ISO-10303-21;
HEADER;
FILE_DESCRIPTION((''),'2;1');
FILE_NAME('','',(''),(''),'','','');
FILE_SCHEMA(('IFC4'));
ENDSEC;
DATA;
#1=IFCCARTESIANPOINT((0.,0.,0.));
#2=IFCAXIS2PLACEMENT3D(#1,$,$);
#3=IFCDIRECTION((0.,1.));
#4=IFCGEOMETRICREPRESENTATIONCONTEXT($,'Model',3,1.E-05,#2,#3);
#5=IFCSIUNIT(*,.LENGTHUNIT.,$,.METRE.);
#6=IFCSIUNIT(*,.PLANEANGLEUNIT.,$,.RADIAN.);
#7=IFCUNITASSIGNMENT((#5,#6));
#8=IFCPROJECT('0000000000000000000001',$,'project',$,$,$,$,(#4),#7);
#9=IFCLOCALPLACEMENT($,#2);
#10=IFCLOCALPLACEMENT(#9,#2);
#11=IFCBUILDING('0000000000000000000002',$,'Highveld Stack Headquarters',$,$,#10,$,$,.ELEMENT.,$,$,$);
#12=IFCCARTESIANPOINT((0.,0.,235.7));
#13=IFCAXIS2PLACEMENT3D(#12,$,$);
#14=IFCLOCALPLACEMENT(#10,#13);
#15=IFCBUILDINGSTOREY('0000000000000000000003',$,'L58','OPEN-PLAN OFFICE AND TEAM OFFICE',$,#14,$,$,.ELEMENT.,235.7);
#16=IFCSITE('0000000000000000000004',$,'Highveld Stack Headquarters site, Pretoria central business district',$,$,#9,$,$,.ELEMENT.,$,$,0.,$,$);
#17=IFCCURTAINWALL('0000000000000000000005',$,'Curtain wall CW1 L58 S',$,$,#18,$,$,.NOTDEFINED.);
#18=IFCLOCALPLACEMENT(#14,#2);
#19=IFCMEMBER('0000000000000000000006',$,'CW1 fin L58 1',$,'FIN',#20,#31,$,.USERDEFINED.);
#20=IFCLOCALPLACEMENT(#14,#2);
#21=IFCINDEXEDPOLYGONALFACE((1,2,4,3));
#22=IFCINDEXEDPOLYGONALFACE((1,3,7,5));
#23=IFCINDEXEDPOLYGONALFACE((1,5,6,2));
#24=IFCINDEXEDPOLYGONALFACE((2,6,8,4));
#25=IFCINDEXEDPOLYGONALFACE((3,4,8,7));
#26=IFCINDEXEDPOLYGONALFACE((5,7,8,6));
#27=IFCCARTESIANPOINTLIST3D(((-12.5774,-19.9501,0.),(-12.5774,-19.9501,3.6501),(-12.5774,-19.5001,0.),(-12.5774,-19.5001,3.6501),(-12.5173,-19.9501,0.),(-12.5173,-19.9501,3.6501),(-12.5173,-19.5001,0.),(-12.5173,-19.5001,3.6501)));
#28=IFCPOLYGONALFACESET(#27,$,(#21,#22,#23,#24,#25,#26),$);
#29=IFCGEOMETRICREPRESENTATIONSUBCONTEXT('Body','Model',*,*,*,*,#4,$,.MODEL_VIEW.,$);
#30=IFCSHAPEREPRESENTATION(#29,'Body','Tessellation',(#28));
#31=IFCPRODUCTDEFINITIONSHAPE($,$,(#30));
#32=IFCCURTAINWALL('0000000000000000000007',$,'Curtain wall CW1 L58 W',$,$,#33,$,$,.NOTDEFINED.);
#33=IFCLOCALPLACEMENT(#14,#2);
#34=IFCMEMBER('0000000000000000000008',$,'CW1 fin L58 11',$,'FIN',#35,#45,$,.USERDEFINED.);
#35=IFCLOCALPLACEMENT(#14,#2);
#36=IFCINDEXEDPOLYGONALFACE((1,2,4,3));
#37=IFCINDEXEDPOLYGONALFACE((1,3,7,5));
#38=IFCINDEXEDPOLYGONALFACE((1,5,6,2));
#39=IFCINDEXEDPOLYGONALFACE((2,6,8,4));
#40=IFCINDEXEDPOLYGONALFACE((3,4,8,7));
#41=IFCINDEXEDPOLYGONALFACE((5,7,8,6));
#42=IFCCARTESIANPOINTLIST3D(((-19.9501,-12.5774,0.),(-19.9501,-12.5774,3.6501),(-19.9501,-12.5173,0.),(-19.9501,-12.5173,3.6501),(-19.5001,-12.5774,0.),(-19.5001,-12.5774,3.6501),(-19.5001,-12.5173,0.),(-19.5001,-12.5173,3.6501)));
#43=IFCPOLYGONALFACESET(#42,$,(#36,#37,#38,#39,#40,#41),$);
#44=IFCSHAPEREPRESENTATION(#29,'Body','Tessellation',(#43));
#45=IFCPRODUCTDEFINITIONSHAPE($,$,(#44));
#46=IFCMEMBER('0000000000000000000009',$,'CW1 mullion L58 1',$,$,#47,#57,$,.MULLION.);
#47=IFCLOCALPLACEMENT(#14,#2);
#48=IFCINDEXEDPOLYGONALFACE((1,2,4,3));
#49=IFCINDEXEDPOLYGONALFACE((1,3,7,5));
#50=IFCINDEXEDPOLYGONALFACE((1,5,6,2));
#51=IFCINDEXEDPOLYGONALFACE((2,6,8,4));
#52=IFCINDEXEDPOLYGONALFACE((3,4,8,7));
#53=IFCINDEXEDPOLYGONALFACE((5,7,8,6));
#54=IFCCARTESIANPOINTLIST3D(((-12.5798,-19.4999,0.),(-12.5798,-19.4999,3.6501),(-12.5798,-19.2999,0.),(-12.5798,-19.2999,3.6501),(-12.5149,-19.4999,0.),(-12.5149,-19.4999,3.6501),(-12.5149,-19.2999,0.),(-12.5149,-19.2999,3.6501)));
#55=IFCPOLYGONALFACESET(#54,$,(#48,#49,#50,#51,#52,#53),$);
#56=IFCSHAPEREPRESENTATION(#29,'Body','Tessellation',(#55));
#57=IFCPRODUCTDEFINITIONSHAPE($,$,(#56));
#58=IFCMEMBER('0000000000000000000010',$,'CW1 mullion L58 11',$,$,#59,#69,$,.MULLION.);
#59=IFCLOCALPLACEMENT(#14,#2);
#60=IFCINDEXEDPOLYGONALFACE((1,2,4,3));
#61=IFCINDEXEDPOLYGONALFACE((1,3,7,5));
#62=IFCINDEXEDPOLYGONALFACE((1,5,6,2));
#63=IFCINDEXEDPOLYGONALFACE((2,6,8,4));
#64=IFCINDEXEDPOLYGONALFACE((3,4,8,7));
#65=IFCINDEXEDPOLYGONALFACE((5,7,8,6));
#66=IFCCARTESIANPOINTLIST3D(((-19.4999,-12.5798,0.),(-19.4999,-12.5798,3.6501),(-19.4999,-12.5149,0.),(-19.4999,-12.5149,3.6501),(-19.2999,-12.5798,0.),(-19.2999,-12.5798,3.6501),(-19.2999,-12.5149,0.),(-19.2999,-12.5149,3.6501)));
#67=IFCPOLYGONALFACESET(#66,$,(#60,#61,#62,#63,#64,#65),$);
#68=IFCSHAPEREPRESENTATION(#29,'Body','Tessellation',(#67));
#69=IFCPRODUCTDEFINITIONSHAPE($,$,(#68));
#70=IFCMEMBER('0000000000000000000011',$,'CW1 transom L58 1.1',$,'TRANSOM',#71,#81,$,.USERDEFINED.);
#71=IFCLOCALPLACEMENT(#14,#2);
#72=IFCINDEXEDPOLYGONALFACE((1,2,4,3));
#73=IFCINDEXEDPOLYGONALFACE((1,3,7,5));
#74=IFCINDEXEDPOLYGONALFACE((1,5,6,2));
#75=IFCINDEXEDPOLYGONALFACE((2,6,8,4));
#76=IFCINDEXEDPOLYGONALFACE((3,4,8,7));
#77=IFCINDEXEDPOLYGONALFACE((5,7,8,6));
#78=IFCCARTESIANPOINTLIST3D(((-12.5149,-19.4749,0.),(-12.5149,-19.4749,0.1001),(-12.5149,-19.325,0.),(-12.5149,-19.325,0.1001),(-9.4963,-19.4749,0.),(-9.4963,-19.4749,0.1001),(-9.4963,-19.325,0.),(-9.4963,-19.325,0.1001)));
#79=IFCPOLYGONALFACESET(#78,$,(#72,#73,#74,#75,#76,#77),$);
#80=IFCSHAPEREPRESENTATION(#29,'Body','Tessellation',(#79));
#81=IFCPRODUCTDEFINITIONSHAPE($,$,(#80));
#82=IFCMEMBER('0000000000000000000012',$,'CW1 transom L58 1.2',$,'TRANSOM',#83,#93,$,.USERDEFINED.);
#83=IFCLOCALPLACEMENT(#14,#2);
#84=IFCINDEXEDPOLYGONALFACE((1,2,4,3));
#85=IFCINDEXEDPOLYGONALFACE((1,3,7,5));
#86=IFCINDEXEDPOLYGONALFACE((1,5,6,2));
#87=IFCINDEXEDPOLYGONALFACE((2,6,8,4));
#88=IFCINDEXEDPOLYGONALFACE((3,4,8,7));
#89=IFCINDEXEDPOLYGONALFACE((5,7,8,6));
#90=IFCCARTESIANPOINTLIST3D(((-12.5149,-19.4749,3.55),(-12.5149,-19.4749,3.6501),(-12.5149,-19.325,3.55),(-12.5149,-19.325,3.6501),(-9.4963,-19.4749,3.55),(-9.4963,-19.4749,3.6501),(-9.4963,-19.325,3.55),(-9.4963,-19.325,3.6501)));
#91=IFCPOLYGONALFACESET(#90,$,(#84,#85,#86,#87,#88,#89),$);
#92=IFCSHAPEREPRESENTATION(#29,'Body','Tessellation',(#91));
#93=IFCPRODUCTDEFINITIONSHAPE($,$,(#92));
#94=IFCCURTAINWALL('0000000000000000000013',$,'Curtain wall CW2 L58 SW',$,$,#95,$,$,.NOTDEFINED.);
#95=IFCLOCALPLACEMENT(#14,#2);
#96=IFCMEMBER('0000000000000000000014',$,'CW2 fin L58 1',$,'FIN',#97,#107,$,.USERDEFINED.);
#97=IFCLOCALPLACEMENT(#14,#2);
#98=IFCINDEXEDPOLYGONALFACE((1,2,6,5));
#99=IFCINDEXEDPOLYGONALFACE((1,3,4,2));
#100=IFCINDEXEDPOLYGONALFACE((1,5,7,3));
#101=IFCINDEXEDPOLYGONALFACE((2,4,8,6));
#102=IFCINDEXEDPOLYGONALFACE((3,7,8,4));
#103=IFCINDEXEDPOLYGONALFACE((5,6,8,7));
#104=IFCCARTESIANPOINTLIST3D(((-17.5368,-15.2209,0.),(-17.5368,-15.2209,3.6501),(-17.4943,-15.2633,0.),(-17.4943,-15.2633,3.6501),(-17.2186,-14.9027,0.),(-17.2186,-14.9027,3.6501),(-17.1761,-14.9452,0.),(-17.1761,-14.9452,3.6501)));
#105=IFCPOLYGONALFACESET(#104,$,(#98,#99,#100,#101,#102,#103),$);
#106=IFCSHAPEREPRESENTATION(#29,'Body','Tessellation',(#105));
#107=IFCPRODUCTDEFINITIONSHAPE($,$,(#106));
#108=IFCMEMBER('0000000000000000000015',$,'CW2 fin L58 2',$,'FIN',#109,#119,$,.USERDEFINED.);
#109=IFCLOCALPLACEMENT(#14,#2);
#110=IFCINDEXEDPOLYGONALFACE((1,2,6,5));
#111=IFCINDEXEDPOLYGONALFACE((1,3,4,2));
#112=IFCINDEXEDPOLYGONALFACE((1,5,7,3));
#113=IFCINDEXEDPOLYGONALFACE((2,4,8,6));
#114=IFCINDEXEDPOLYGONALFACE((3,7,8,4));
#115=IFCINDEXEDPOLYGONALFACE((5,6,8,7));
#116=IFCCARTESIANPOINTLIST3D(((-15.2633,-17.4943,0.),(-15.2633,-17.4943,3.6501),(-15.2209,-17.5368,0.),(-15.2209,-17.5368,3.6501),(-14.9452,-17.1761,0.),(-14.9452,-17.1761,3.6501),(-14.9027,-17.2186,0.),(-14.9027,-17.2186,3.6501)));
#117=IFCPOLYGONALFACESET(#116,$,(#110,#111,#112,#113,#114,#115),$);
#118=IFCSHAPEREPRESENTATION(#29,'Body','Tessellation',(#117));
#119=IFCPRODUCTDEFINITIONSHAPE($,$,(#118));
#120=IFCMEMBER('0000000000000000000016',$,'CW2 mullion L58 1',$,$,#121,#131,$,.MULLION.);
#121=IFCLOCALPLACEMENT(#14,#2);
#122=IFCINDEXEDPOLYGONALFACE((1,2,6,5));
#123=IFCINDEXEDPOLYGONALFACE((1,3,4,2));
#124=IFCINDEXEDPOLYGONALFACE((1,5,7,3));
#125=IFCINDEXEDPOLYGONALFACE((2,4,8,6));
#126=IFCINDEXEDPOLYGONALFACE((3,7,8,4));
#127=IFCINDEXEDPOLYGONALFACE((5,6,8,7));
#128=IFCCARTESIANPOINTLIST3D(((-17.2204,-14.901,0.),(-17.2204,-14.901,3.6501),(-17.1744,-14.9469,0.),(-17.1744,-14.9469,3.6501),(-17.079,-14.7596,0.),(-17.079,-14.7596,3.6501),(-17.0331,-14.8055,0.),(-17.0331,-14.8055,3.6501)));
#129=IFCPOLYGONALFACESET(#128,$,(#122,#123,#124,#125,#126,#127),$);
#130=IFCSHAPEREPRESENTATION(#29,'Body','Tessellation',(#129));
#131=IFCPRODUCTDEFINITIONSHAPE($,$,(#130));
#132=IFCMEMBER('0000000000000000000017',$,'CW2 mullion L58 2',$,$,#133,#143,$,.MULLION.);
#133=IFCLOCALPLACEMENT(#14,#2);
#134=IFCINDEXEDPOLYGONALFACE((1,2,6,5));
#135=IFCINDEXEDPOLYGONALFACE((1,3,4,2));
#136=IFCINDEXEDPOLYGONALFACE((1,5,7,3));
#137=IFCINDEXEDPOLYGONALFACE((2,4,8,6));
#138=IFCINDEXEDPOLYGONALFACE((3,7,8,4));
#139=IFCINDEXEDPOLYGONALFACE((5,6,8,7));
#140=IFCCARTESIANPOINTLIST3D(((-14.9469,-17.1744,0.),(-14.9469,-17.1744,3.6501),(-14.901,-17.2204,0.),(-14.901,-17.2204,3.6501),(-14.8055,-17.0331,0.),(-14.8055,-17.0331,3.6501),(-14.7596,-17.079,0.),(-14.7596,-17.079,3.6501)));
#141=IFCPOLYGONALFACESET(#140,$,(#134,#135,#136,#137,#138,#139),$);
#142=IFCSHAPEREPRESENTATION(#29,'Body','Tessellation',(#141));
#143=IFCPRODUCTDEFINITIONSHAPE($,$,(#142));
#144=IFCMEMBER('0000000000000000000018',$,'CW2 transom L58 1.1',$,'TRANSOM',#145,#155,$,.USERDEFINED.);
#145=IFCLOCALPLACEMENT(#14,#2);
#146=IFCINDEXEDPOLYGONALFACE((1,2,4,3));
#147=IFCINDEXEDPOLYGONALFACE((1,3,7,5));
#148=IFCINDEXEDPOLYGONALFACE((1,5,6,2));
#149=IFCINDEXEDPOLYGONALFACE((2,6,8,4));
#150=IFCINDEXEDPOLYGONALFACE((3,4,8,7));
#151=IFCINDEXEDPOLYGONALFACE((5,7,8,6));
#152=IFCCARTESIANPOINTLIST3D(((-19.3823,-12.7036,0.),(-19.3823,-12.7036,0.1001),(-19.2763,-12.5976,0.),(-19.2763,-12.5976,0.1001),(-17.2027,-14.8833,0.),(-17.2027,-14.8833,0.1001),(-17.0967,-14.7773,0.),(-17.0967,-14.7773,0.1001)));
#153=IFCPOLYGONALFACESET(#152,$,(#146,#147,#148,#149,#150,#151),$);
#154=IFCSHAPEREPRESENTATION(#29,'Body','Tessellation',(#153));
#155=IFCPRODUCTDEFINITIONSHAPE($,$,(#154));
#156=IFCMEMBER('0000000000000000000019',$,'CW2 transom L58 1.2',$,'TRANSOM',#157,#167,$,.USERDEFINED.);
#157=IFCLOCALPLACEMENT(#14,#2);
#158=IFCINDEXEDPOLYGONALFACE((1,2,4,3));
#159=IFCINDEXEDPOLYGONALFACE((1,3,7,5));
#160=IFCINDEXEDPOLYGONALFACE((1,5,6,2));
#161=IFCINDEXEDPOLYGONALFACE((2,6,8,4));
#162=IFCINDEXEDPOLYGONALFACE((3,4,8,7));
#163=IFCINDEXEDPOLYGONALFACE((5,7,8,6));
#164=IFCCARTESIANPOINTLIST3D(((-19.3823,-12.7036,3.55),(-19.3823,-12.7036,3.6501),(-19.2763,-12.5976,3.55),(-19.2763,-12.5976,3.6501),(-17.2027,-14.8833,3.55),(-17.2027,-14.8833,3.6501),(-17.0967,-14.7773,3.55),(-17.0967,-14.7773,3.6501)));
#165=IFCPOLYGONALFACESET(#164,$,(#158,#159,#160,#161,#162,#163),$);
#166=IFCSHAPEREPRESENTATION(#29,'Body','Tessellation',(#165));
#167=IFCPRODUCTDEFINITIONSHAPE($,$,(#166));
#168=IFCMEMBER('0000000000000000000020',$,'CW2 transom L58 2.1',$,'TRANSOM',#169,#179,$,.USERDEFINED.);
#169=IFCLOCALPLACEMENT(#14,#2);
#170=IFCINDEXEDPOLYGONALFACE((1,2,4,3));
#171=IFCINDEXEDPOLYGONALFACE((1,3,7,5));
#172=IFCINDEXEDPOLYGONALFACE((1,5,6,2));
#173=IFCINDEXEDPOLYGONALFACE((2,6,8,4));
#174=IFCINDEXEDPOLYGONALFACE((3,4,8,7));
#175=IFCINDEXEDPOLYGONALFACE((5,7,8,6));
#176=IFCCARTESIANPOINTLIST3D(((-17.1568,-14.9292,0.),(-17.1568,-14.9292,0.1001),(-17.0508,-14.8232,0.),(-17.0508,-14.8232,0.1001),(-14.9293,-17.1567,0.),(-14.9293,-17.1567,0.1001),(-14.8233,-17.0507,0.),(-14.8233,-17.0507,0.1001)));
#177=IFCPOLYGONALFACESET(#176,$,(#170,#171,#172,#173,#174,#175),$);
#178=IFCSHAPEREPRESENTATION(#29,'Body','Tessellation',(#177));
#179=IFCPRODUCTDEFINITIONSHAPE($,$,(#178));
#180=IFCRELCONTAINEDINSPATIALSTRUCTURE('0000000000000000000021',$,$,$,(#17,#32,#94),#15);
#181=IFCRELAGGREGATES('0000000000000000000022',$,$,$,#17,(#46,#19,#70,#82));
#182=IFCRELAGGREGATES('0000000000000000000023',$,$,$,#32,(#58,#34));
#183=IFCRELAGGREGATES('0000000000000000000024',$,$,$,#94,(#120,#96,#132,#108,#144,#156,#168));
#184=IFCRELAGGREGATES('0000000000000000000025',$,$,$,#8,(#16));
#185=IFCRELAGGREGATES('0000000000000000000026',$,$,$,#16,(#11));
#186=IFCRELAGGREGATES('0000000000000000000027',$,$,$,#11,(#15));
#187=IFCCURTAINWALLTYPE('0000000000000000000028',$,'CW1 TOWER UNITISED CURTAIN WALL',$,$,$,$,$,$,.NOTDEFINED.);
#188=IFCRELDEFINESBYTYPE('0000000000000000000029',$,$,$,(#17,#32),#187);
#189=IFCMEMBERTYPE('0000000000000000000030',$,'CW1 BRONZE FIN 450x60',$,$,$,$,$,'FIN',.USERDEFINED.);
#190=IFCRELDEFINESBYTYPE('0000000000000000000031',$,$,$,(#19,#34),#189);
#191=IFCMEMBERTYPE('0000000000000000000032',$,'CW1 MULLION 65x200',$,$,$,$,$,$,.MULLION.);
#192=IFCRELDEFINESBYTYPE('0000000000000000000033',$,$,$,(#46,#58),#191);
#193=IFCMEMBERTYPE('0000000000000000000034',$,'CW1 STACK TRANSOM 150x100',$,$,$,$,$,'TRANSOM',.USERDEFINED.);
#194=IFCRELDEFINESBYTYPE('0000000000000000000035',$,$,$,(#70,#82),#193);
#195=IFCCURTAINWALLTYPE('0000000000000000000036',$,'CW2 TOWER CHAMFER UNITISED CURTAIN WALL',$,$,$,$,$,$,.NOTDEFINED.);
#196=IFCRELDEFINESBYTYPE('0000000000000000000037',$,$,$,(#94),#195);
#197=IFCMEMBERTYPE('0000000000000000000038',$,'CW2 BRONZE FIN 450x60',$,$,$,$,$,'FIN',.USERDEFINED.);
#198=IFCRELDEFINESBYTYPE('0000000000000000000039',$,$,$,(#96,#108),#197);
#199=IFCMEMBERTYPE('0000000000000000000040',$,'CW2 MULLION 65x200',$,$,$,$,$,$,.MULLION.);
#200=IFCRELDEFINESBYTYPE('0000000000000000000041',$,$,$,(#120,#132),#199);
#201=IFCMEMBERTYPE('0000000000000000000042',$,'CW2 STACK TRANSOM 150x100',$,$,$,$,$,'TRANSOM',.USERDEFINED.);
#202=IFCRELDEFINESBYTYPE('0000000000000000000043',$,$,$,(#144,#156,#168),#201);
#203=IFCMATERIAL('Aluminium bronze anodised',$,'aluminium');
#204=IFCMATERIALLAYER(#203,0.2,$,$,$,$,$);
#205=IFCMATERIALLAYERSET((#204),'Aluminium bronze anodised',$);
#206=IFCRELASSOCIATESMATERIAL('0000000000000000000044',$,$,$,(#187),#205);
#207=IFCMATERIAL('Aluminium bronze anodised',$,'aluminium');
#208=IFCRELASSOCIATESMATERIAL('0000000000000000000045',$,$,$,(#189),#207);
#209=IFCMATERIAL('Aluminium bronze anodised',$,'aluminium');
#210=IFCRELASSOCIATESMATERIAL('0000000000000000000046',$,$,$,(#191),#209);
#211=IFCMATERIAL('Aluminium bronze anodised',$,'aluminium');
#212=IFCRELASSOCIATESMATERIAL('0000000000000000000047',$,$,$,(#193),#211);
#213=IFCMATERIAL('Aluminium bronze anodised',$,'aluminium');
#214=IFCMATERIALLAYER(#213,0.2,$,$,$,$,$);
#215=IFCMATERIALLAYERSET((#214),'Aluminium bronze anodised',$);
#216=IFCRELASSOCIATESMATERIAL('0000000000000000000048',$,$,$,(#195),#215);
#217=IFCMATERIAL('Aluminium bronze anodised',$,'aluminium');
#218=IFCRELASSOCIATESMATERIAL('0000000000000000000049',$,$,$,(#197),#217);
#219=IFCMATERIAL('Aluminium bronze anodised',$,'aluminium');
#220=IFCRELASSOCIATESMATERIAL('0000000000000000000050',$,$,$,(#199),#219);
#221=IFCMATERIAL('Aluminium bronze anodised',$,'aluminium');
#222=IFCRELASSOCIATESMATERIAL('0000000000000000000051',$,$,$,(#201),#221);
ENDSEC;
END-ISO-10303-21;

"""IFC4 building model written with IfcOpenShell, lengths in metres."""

from ifc_helpers import new_model, si_unit, direction, frame, origin, origin_2d, place, context, subcontext, project, spatial, rectangle, extrude, material, layer, layer_set, material_profile, profile_set, type_object, element, aggregate, save


model = new_model("IFC4")

# Units and contexts
model_context = context("Model", 3, precision=1e-05, world=origin(), true_north=direction((0.0, 1.0)))
body_context = subcontext(model_context, "Body", "Model", "MODEL_VIEW")
ifc_project = project(units=[si_unit("LENGTHUNIT", "METRE"), si_unit("PLANEANGLEUNIT", "RADIAN")], contexts=[model_context])

# Site, building, storey
site_placement = place(None, origin())
site = spatial("IfcSite", under=ifc_project, at=site_placement, Name="Highveld Stack Headquarters site, Pretoria central business district", CompositionType="ELEMENT", RefElevation=0.0)
building_placement = place(site_placement, origin())
building = spatial("IfcBuilding", under=site, at=building_placement, Name="Highveld Stack Headquarters", CompositionType="ELEMENT")
storey_placement = place(building_placement, frame((0.0, 0.0, 235.7)))
storey = spatial("IfcBuildingStorey", under=building, at=storey_placement, Name="L58", Description="OPEN-PLAN OFFICE AND TEAM OFFICE", CompositionType="ELEMENT", Elevation=235.7)

# Curtain walls, members
ifc_material_1 = material(Name="Aluminium bronze anodised", Category="aluminium")
ifc_layer_1 = layer(ifc_material_1, 0.2)
ifc_layer_set_1 = layer_set([ifc_layer_1], Name="Aluminium bronze anodised")
curtain_wall_type_1 = type_object("IfcCurtainWallType", Name="CW1 TOWER UNITISED CURTAIN WALL", PredefinedType="NOTDEFINED", material=ifc_layer_set_1)
curtain_wall_1_placement = place(storey_placement, origin())
curtain_wall_1 = element("IfcCurtainWall", 1, at=curtain_wall_1_placement, inside=storey, type_object=curtain_wall_type_1, Name="Curtain wall CW1 L58 S", PredefinedType="NOTDEFINED")
ifc_material_2 = material(Name="Aluminium bronze anodised", Category="aluminium")
ifc_material_profile_1 = material_profile(ifc_material_2, rectangle(XDim=0.45, YDim=0.0601, at=origin_2d()), Name="FIN 450x60")
ifc_profile_set_1 = profile_set([ifc_material_profile_1], Name="Aluminium bronze anodised")
member_type_1 = type_object("IfcMemberType", Name="CW1 BRONZE FIN 450x60", ElementType="FIN", PredefinedType="USERDEFINED", material=ifc_profile_set_1)
member_1_placement = place(storey_placement, frame((-12.5474, -19.7251, 0.0), z_axis=(0.0, 0.0, 1.0), x_axis=(0.0, 1.0, 0.0)))
member_1 = element("IfcMember", 2, at=member_1_placement, type_object=member_type_1, Name="CW1 fin L58 1", ObjectType="FIN", PredefinedType="USERDEFINED", context=body_context, shape_type="SweptSolid", body=[
    extrude(rectangle(XDim=0.45, YDim=0.0601, at=origin_2d()), origin(), (0.0, 0.0, 1.0), 3.6501),
])
curtain_wall_2_placement = place(storey_placement, origin())
curtain_wall_2 = element("IfcCurtainWall", 3, at=curtain_wall_2_placement, inside=storey, type_object=curtain_wall_type_1, Name="Curtain wall CW1 L58 W", PredefinedType="NOTDEFINED")
member_2_placement = place(storey_placement, frame((-19.7251, -12.5474, 0.0), z_axis=(0.0, 0.0, 1.0), x_axis=(1.0, 0.0, 0.0)))
member_2 = element("IfcMember", 4, at=member_2_placement, type_object=member_type_1, Name="CW1 fin L58 11", ObjectType="FIN", PredefinedType="USERDEFINED", context=body_context, shape_type="SweptSolid", body=[
    extrude(rectangle(XDim=0.45, YDim=0.0601, at=origin_2d()), origin(), (0.0, 0.0, 1.0), 3.6501),
])

# Members
ifc_material_3 = material(Name="Aluminium bronze anodised", Category="aluminium")
ifc_material_profile_2 = material_profile(ifc_material_3, rectangle(XDim=0.2, YDim=0.0649, at=origin_2d()), Name="CW1 MULLION 65x200")
ifc_profile_set_2 = profile_set([ifc_material_profile_2], Name="Aluminium bronze anodised")
member_type_2 = type_object("IfcMemberType", Name="CW1 MULLION 65x200", PredefinedType="MULLION", material=ifc_profile_set_2)
member_3_placement = place(storey_placement, frame((-12.5474, -19.3999, 0.0), z_axis=(0.0, 0.0, 1.0), x_axis=(0.0, 1.0, 0.0)))
member_3 = element("IfcMember", 5, at=member_3_placement, type_object=member_type_2, Name="CW1 mullion L58 1", PredefinedType="MULLION", context=body_context, shape_type="SweptSolid", body=[
    extrude(rectangle(XDim=0.2, YDim=0.0649, at=origin_2d()), origin(), (0.0, 0.0, 1.0), 3.6501),
])
member_4_placement = place(storey_placement, frame((-19.3999, -12.5474, 0.0), z_axis=(0.0, 0.0, 1.0), x_axis=(1.0, 0.0, 0.0)))
member_4 = element("IfcMember", 6, at=member_4_placement, type_object=member_type_2, Name="CW1 mullion L58 11", PredefinedType="MULLION", context=body_context, shape_type="SweptSolid", body=[
    extrude(rectangle(XDim=0.2, YDim=0.0649, at=origin_2d()), origin(), (0.0, 0.0, 1.0), 3.6501),
])
ifc_material_4 = material(Name="Aluminium bronze anodised", Category="aluminium")
ifc_material_profile_3 = material_profile(ifc_material_4, rectangle(XDim=0.1499, YDim=0.1001, at=origin_2d()), Name="CW1 TRANSOM 150x100")
ifc_profile_set_3 = profile_set([ifc_material_profile_3], Name="Aluminium bronze anodised")
member_type_3 = type_object("IfcMemberType", Name="CW1 STACK TRANSOM 150x100", ElementType="TRANSOM", PredefinedType="USERDEFINED", material=ifc_profile_set_3)
member_5_placement = place(storey_placement, frame((-12.5149, -19.3999, 0.05), z_axis=(1.0, 0.0, 0.0), x_axis=(0.0, 1.0, 0.0)))
member_5 = element("IfcMember", 7, at=member_5_placement, type_object=member_type_3, Name="CW1 transom L58 1.1", ObjectType="TRANSOM", PredefinedType="USERDEFINED", context=body_context, shape_type="SweptSolid", body=[
    extrude(rectangle(XDim=0.1499, YDim=0.1001, at=origin_2d()), origin(), (0.0, 0.0, 1.0), 3.0186),
])
member_6_placement = place(storey_placement, frame((-12.5149, -19.3999, 3.6001), z_axis=(1.0, 0.0, 0.0), x_axis=(0.0, 1.0, 0.0)))
member_6 = element("IfcMember", 8, at=member_6_placement, type_object=member_type_3, Name="CW1 transom L58 1.2", ObjectType="TRANSOM", PredefinedType="USERDEFINED", context=body_context, shape_type="SweptSolid", body=[
    extrude(rectangle(XDim=0.1499, YDim=0.1001, at=origin_2d()), origin(), (0.0, 0.0, 1.0), 3.0186),
])
aggregate(curtain_wall_1, [member_3, member_1, member_5, member_6])

# Curtain wall, members
ifc_material_5 = material(Name="Aluminium bronze anodised", Category="aluminium")
ifc_layer_2 = layer(ifc_material_5, 0.2)
ifc_layer_set_2 = layer_set([ifc_layer_2], Name="Aluminium bronze anodised")
curtain_wall_type_2 = type_object("IfcCurtainWallType", Name="CW2 TOWER CHAMFER UNITISED CURTAIN WALL", PredefinedType="NOTDEFINED", material=ifc_layer_set_2)
curtain_wall_3_placement = place(storey_placement, origin())
curtain_wall_3 = element("IfcCurtainWall", 9, at=curtain_wall_3_placement, inside=storey, type_object=curtain_wall_type_2, Name="Curtain wall CW2 L58 SW", PredefinedType="NOTDEFINED")
ifc_material_6 = material(Name="Aluminium bronze anodised", Category="aluminium")
ifc_material_profile_4 = material_profile(ifc_material_6, rectangle(XDim=0.45, YDim=0.0601, at=origin_2d()), Name="FIN 450x60")
ifc_profile_set_4 = profile_set([ifc_material_profile_4], Name="Aluminium bronze anodised")
member_type_4 = type_object("IfcMemberType", Name="CW2 BRONZE FIN 450x60", ElementType="FIN", PredefinedType="USERDEFINED", material=ifc_profile_set_4)
member_7_placement = place(storey_placement, frame((-17.3564, -15.083, 0.0), z_axis=(0.0, 0.0, 1.0), x_axis=(0.707107, 0.707107, 0.0)))
member_7 = element("IfcMember", 10, at=member_7_placement, type_object=member_type_4, Name="CW2 fin L58 1", ObjectType="FIN", PredefinedType="USERDEFINED", context=body_context, shape_type="SweptSolid", body=[
    extrude(rectangle(XDim=0.45, YDim=0.0601, at=origin_2d()), origin(), (0.0, 0.0, 1.0), 3.6501),
])
member_8_placement = place(storey_placement, frame((-15.083, -17.3564, 0.0), z_axis=(0.0, 0.0, 1.0), x_axis=(0.707107, 0.707107, 0.0)))
member_8 = element("IfcMember", 11, at=member_8_placement, type_object=member_type_4, Name="CW2 fin L58 2", ObjectType="FIN", PredefinedType="USERDEFINED", context=body_context, shape_type="SweptSolid", body=[
    extrude(rectangle(XDim=0.45, YDim=0.0601, at=origin_2d()), origin(), (0.0, 0.0, 1.0), 3.6501),
])
ifc_material_7 = material(Name="Aluminium bronze anodised", Category="aluminium")
ifc_material_profile_5 = material_profile(ifc_material_7, rectangle(XDim=0.2, YDim=0.0649, at=origin_2d()), Name="CW2 MULLION 65x200")
ifc_profile_set_5 = profile_set([ifc_material_profile_5], Name="Aluminium bronze anodised")
member_type_5 = type_object("IfcMemberType", Name="CW2 MULLION 65x200", PredefinedType="MULLION", material=ifc_profile_set_5)
member_9_placement = place(storey_placement, frame((-17.1267, -14.8533, 0.0), z_axis=(0.0, 0.0, 1.0), x_axis=(0.707107, 0.707107, 0.0)))
member_9 = element("IfcMember", 12, at=member_9_placement, type_object=member_type_5, Name="CW2 mullion L58 1", PredefinedType="MULLION", context=body_context, shape_type="SweptSolid", body=[
    extrude(rectangle(XDim=0.2, YDim=0.0649, at=origin_2d()), origin(), (0.0, 0.0, 1.0), 3.6501),
])
member_10_placement = place(storey_placement, frame((-14.8533, -17.1267, 0.0), z_axis=(0.0, 0.0, 1.0), x_axis=(0.707107, 0.707107, 0.0)))
member_10 = element("IfcMember", 13, at=member_10_placement, type_object=member_type_5, Name="CW2 mullion L58 2", PredefinedType="MULLION", context=body_context, shape_type="SweptSolid", body=[
    extrude(rectangle(XDim=0.2, YDim=0.0649, at=origin_2d()), origin(), (0.0, 0.0, 1.0), 3.6501),
])
ifc_material_8 = material(Name="Aluminium bronze anodised", Category="aluminium")
ifc_material_profile_6 = material_profile(ifc_material_8, rectangle(XDim=0.1499, YDim=0.1001, at=origin_2d()), Name="CW2 TRANSOM 150x100")
ifc_profile_set_6 = profile_set([ifc_material_profile_6], Name="Aluminium bronze anodised")
member_type_6 = type_object("IfcMemberType", Name="CW2 STACK TRANSOM 150x100", ElementType="TRANSOM", PredefinedType="USERDEFINED", material=ifc_profile_set_6)
member_11_placement = place(storey_placement, frame((-19.3293, -12.6506, 0.05), z_axis=(0.707107, -0.707107, 0.0), x_axis=(0.707107, 0.707107, 0.0)))
member_11 = element("IfcMember", 14, at=member_11_placement, type_object=member_type_6, Name="CW2 transom L58 1.1", ObjectType="TRANSOM", PredefinedType="USERDEFINED", context=body_context, shape_type="SweptSolid", body=[
    extrude(rectangle(XDim=0.1499, YDim=0.1001, at=origin_2d()), origin(), (0.0, 0.0, 1.0), 3.0825),
])
member_12_placement = place(storey_placement, frame((-19.3293, -12.6506, 3.6001), z_axis=(0.707107, -0.707107, 0.0), x_axis=(0.707107, 0.707107, 0.0)))
member_12 = element("IfcMember", 15, at=member_12_placement, type_object=member_type_6, Name="CW2 transom L58 1.2", ObjectType="TRANSOM", PredefinedType="USERDEFINED", context=body_context, shape_type="SweptSolid", body=[
    extrude(rectangle(XDim=0.1499, YDim=0.1001, at=origin_2d()), origin(), (0.0, 0.0, 1.0), 3.0825),
])
member_13_placement = place(storey_placement, frame((-17.1038, -14.8762, 0.05), z_axis=(0.707107, -0.707107, 0.0), x_axis=(0.707107, 0.707107, 0.0)))
member_13 = element("IfcMember", 16, at=member_13_placement, type_object=member_type_6, Name="CW2 transom L58 2.1", ObjectType="TRANSOM", PredefinedType="USERDEFINED", context=body_context, shape_type="SweptSolid", body=[
    extrude(rectangle(XDim=0.1499, YDim=0.1001, at=origin_2d()), origin(), (0.0, 0.0, 1.0), 3.1501),
])

aggregate(curtain_wall_2, [member_4, member_2])
aggregate(curtain_wall_3, [member_9, member_7, member_10, member_8, member_11, member_12, member_13])

save(model, "model.ifc")
